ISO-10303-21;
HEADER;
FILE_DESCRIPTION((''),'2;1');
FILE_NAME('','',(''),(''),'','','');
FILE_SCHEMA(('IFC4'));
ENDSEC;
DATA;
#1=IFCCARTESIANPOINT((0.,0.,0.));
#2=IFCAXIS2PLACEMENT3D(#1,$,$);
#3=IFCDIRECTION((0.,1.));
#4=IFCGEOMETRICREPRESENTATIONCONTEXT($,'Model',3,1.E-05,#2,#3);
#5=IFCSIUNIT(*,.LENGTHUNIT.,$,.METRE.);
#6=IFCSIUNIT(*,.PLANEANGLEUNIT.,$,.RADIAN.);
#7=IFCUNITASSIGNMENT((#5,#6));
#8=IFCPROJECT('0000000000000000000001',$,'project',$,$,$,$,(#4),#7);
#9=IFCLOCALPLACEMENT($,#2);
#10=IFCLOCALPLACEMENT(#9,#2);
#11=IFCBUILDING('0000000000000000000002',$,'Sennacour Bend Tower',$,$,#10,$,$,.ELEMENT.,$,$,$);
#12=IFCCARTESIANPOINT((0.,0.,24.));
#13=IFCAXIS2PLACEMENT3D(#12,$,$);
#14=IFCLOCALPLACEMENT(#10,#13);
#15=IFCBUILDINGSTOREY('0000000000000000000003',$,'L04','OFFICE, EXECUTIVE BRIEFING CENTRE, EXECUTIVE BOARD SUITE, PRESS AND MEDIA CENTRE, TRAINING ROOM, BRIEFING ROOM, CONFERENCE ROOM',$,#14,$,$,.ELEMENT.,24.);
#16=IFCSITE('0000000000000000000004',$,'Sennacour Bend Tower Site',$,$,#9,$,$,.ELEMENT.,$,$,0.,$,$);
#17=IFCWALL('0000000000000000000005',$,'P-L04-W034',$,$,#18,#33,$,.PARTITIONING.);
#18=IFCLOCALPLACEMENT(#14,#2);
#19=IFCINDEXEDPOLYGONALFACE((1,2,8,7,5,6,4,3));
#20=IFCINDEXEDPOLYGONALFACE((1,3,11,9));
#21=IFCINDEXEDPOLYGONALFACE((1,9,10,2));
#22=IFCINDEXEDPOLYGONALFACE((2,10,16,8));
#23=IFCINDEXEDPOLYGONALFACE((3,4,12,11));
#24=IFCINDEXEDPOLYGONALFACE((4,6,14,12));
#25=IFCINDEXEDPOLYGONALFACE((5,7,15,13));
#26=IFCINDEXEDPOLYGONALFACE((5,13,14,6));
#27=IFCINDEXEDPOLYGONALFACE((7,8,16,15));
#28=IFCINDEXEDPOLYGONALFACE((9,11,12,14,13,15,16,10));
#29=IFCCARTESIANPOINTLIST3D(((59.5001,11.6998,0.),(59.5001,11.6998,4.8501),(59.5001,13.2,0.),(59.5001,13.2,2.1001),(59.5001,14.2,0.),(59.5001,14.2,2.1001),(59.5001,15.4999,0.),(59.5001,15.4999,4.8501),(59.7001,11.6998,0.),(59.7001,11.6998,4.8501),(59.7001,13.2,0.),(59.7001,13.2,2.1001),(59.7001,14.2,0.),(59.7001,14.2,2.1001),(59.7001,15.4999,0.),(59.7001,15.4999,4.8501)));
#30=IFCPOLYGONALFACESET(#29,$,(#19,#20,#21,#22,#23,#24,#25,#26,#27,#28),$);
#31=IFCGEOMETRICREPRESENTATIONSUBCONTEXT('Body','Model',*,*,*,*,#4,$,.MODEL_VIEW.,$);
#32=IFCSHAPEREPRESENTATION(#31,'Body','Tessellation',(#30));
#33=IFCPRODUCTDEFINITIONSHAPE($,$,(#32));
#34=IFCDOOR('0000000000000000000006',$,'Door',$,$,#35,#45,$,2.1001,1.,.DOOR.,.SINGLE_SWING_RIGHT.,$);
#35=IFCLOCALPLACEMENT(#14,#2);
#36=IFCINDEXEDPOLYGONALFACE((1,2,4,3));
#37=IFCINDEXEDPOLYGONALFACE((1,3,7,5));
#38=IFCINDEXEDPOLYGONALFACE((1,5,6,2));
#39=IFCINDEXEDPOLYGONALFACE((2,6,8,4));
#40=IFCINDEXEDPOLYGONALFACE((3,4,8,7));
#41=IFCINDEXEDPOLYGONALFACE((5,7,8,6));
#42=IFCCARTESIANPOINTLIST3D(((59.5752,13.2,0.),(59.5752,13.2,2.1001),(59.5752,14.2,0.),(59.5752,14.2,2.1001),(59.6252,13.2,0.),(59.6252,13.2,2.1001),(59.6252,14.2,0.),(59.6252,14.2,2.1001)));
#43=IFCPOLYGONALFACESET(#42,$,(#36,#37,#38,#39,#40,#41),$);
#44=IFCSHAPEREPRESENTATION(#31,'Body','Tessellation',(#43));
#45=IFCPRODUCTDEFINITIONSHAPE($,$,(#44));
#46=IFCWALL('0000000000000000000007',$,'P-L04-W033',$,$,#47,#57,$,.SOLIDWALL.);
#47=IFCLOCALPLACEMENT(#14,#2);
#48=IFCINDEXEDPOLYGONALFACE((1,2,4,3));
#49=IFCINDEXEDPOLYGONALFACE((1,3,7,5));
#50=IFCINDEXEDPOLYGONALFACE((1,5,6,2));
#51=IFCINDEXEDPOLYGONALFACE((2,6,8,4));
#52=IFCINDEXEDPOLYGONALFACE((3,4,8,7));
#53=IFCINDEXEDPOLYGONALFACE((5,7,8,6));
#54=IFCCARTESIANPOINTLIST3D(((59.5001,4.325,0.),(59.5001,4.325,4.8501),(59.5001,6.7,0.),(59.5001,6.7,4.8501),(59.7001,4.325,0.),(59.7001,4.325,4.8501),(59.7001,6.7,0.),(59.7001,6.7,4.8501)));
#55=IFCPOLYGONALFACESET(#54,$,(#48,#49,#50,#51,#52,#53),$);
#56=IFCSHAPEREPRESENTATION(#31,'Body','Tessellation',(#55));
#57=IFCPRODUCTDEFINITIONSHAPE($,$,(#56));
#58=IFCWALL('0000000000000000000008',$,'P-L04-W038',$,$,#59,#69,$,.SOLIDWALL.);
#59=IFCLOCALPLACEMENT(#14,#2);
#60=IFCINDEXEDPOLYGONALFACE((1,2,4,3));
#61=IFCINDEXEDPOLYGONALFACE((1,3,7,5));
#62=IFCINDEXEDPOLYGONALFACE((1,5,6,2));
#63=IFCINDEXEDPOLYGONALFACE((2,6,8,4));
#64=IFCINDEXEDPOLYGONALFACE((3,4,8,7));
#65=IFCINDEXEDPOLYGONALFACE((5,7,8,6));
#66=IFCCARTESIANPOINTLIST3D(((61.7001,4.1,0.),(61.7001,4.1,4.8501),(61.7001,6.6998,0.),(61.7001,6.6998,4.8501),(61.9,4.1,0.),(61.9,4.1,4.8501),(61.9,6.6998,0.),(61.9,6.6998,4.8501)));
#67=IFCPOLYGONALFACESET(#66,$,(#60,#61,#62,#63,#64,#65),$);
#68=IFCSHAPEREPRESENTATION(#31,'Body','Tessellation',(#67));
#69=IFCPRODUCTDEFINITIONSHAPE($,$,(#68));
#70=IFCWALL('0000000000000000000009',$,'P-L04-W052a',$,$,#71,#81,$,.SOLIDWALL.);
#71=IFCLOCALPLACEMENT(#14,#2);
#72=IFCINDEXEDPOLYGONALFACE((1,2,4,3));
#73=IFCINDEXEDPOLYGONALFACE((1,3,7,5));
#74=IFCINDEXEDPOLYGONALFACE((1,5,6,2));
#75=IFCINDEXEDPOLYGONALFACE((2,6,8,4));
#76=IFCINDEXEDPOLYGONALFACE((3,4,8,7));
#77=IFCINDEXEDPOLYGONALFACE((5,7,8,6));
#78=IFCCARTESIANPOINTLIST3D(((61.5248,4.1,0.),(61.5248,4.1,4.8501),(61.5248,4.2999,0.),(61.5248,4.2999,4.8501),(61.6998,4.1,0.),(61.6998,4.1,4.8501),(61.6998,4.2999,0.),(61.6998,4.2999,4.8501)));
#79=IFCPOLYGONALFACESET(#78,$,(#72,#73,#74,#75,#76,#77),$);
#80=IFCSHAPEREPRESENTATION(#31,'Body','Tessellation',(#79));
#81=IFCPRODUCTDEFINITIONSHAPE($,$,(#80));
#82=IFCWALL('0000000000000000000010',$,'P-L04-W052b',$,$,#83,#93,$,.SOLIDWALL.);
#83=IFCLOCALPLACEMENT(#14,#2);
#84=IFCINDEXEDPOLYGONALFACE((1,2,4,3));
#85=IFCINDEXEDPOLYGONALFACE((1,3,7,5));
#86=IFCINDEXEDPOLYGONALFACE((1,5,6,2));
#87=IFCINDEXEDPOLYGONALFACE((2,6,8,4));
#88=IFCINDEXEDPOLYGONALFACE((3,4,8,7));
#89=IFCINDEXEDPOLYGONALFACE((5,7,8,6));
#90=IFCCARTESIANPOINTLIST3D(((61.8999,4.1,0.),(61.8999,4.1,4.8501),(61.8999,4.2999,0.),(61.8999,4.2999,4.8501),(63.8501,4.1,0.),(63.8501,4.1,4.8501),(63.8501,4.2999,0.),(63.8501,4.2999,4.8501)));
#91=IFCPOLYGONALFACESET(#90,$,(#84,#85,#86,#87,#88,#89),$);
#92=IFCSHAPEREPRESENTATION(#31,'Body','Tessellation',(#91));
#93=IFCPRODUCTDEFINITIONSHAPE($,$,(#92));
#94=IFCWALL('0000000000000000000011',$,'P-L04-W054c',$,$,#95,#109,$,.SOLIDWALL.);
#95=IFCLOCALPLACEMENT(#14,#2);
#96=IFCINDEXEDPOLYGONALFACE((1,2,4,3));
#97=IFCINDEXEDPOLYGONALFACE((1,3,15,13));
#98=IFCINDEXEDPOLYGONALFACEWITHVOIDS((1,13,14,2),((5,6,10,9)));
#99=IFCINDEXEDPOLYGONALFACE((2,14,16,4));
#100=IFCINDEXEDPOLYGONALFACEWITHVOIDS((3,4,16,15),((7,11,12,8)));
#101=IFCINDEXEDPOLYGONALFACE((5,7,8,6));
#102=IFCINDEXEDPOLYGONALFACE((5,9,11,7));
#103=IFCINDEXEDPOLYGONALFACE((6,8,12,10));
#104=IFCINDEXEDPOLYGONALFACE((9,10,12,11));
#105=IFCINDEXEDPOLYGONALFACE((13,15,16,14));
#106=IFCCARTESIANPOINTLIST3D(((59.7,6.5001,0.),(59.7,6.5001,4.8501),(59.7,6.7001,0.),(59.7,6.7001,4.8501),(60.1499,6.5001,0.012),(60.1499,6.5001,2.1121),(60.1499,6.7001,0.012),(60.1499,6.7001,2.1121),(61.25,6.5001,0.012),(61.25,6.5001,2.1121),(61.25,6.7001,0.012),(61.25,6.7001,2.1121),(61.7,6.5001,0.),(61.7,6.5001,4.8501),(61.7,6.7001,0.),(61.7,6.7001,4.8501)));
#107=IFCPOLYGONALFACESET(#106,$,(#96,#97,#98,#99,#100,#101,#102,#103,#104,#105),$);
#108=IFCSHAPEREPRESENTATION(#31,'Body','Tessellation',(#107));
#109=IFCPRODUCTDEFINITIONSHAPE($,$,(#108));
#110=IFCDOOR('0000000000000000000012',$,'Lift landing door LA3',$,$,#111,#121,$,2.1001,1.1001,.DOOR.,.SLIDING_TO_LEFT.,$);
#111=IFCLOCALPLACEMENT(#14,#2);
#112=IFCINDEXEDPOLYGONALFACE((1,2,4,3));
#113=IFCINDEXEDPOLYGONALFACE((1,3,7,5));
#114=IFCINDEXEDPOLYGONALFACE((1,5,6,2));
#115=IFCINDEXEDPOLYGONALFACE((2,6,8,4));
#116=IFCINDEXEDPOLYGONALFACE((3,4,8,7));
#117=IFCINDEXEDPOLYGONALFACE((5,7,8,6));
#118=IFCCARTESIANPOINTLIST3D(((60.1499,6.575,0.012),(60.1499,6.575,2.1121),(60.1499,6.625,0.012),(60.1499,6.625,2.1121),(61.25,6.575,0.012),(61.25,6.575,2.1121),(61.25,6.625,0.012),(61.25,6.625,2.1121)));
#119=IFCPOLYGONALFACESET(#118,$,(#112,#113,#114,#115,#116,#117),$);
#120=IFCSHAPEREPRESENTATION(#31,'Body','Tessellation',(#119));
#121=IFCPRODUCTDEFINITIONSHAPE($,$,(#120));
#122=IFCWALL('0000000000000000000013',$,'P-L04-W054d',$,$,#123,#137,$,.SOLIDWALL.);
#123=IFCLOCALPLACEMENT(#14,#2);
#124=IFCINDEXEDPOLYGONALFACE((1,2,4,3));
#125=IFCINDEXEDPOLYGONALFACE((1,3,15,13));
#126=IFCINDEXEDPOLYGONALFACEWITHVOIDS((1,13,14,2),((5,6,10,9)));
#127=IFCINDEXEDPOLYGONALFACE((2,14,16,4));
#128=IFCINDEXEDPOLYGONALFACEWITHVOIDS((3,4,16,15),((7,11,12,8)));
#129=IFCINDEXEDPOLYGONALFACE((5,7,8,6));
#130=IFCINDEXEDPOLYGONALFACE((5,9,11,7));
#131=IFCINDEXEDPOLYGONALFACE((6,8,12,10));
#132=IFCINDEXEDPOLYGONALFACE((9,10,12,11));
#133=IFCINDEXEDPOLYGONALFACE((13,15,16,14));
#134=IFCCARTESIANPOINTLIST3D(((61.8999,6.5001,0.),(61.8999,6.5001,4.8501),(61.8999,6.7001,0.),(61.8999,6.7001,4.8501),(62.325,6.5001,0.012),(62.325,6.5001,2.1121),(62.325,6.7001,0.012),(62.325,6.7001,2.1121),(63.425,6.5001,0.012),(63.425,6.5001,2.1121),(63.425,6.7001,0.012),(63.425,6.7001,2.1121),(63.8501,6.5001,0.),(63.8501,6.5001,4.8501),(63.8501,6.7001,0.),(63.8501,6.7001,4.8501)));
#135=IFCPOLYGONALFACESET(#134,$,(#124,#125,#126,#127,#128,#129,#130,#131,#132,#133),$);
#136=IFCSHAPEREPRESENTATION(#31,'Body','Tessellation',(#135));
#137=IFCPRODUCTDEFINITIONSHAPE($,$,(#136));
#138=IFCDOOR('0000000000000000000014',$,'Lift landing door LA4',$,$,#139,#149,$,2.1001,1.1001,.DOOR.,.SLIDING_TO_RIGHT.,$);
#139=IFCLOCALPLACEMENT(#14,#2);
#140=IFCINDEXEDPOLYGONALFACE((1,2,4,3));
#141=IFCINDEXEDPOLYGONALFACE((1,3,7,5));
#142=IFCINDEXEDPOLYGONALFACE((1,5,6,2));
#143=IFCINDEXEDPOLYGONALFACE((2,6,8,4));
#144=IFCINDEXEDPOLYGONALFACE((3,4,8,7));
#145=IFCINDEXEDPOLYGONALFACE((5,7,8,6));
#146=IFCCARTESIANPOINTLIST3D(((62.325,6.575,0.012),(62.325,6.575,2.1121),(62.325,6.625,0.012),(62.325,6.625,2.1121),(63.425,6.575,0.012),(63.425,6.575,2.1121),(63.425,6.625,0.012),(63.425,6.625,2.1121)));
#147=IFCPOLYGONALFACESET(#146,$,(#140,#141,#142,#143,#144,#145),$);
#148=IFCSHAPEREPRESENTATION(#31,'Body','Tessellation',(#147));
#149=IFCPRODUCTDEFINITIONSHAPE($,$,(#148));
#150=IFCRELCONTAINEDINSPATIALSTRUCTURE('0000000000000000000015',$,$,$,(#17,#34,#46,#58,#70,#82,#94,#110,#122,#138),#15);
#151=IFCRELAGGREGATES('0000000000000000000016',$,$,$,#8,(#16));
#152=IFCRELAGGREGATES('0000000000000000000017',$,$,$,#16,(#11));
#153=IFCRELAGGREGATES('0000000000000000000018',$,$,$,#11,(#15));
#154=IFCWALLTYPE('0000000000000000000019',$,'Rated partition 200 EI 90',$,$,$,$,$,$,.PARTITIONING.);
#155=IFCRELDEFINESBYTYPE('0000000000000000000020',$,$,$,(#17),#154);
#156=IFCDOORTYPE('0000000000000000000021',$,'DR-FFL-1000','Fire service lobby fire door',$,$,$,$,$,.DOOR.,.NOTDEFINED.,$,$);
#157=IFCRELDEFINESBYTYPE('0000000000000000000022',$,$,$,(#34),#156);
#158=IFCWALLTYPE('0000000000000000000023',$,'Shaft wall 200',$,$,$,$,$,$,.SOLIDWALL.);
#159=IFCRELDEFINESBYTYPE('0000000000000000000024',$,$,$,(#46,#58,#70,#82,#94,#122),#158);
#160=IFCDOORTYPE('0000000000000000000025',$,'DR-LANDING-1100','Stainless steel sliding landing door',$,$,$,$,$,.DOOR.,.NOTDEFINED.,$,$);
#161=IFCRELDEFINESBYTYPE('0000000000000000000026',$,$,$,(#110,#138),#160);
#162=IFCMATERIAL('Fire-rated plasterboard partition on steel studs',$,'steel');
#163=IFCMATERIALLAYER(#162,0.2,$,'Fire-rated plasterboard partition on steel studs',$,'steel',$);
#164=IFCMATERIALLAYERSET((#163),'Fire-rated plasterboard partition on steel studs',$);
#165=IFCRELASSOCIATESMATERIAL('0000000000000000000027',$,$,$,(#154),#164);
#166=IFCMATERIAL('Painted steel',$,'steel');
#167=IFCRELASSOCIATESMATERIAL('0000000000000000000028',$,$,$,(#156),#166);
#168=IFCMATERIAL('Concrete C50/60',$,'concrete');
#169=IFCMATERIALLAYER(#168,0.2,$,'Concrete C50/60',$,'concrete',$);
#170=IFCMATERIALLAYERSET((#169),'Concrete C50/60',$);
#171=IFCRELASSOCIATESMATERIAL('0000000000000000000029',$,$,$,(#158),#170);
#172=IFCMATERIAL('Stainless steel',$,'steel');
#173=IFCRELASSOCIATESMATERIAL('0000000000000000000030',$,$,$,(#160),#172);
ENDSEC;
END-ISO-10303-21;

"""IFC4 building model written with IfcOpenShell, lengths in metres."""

from ifc_helpers import new_model, si_unit, direction, frame, frame_2d, origin, place, context, subcontext, project, spatial, rectangle, extrude, material, layer, layer_set, type_object, element, fill, save


model = new_model("IFC4")

# Units and contexts
model_context = context("Model", 3, precision=1e-05, world=origin(), true_north=direction((0.0, 1.0)))
body_context = subcontext(model_context, "Body", "Model", "MODEL_VIEW")
ifc_project = project(units=[si_unit("LENGTHUNIT", "METRE"), si_unit("PLANEANGLEUNIT", "RADIAN")], contexts=[model_context])

# Site, building, storey
site_placement = place(None, origin())
site = spatial("IfcSite", under=ifc_project, at=site_placement, Name="Sennacour Bend Tower Site", CompositionType="ELEMENT", RefElevation=0.0)
building_placement = place(site_placement, origin())
building = spatial("IfcBuilding", under=site, at=building_placement, Name="Sennacour Bend Tower", CompositionType="ELEMENT")
storey_placement = place(building_placement, frame((0.0, 0.0, 24.0)))
storey = spatial("IfcBuildingStorey", under=building, at=storey_placement, Name="L04", Description="OFFICE, EXECUTIVE BRIEFING CENTRE, EXECUTIVE BOARD SUITE, PRESS AND MEDIA CENTRE, TRAINING ROOM, BRIEFING ROOM, CONFERENCE ROOM", CompositionType="ELEMENT", Elevation=24.0)

# Shared definitions
ifc_material_1 = material(Name="Fire-rated plasterboard partition on steel studs", Category="steel")

# Shared definitions
ifc_material_2 = material(Name="Painted steel", Category="steel")

# Wall, opening, door
ifc_layer_1 = layer(ifc_material_1, 0.2, Name="Fire-rated plasterboard partition on steel studs", Category="steel")
ifc_layer_set_1 = layer_set([ifc_layer_1], Name="Fire-rated plasterboard partition on steel studs")
wall_type_1 = type_object("IfcWallType", Name="Rated partition 200 EI 90", PredefinedType="PARTITIONING", material=ifc_layer_set_1)
wall_1_placement = place(storey_placement, frame((59.6001, 11.7, 0.0), z_axis=(0.0, 0.0, 1.0), x_axis=(0.0, 1.0, 0.0)))
wall_1 = element("IfcWall", 1, at=wall_1_placement, inside=storey, type_object=wall_type_1, Name="P-L04-W034", PredefinedType="PARTITIONING", context=body_context, shape_type="SweptSolid", body=[
    extrude(rectangle(XDim=3.8, YDim=0.2, at=frame_2d((1.8999, 0.0))), origin(), (0.0, 0.0, 1.0), 4.8501),
])
opening_1_placement = place(wall_1_placement, frame((1.5, 0.0, 0.0)))
opening_1 = element("IfcOpeningElement", 2, at=opening_1_placement, cuts=wall_1, PredefinedType="OPENING", context=body_context, shape_type="SweptSolid", body=[
    extrude(rectangle(XDim=1.0, YDim=2.1001, at=frame_2d((0.5, 1.05))), frame((0.0, 0.1099, 0.0), z_axis=(0.0, -1.0, 0.0), x_axis=(1.0, 0.0, 0.0)), (0.0, 0.0, 1.0), 0.22),
])
door_type_1 = type_object("IfcDoorType", Name="DR-FFL-1000", Description="Fire service lobby fire door", OperationType="NOTDEFINED", PredefinedType="DOOR", material=ifc_material_2)
door_1_placement = place(opening_1_placement, origin())
door_1 = element("IfcDoor", 3, at=door_1_placement, inside=storey, type_object=door_type_1, Name="Door", OperationType="SINGLE_SWING_RIGHT", OverallHeight=2.1001, OverallWidth=1.0, PredefinedType="DOOR", context=body_context, shape_type="SweptSolid", body=[
    extrude(rectangle(XDim=1.0, YDim=2.1001, at=frame_2d((0.5, 1.05))), frame((0.0, 0.0249, 0.0), z_axis=(0.0, -1.0, 0.0), x_axis=(1.0, 0.0, 0.0)), (0.0, 0.0, 1.0), 0.05),
])
fill(opening_1, door_1)

# Walls
ifc_material_3 = material(Name="Concrete C50/60", Category="concrete")
ifc_layer_2 = layer(ifc_material_3, 0.2, Name="Concrete C50/60", Category="concrete")
ifc_layer_set_2 = layer_set([ifc_layer_2], Name="Concrete C50/60")
wall_type_2 = type_object("IfcWallType", Name="Shaft wall 200", PredefinedType="SOLIDWALL", material=ifc_layer_set_2)
wall_2_placement = place(storey_placement, frame((59.6001, 4.325, 0.0), z_axis=(0.0, 0.0, 1.0), x_axis=(0.0, 1.0, 0.0)))
element("IfcWall", 4, at=wall_2_placement, inside=storey, type_object=wall_type_2, Name="P-L04-W033", PredefinedType="SOLIDWALL", context=body_context, shape_type="SweptSolid", body=[
    extrude(rectangle(XDim=2.375, YDim=0.2, at=frame_2d((1.1875, 0.0))), origin(), (0.0, 0.0, 1.0), 4.8501),
])
wall_3_placement = place(storey_placement, frame((61.8, 4.1001, 0.0), z_axis=(0.0, 0.0, 1.0), x_axis=(0.0, 1.0, 0.0)))
element("IfcWall", 5, at=wall_3_placement, inside=storey, type_object=wall_type_2, Name="P-L04-W038", PredefinedType="SOLIDWALL", context=body_context, shape_type="SweptSolid", body=[
    extrude(rectangle(XDim=2.5999, YDim=0.2, at=frame_2d((1.2998, 0.0))), origin(), (0.0, 0.0, 1.0), 4.8501),
])
wall_4_placement = place(storey_placement, frame((61.5249, 4.2, 0.0), z_axis=(0.0, 0.0, 1.0), x_axis=(1.0, 0.0, 0.0)))
element("IfcWall", 6, at=wall_4_placement, inside=storey, type_object=wall_type_2, Name="P-L04-W052a", PredefinedType="SOLIDWALL", context=body_context, shape_type="SweptSolid", body=[
    extrude(rectangle(XDim=0.175, YDim=0.2, at=frame_2d((0.0874, 0.0))), origin(), (0.0, 0.0, 1.0), 4.8501),
])
wall_5_placement = place(storey_placement, frame((61.8999, 4.2, 0.0), z_axis=(0.0, 0.0, 1.0), x_axis=(1.0, 0.0, 0.0)))
element("IfcWall", 7, at=wall_5_placement, inside=storey, type_object=wall_type_2, Name="P-L04-W052b", PredefinedType="SOLIDWALL", context=body_context, shape_type="SweptSolid", body=[
    extrude(rectangle(XDim=1.9502, YDim=0.2, at=frame_2d((0.9751, 0.0))), origin(), (0.0, 0.0, 1.0), 4.8501),
])

# Walls, openings, doors
wall_6_placement = place(storey_placement, frame((59.7, 6.6001, 0.0), z_axis=(0.0, 0.0, 1.0), x_axis=(1.0, 0.0, 0.0)))
wall_6 = element("IfcWall", 8, at=wall_6_placement, inside=storey, type_object=wall_type_2, Name="P-L04-W054c", PredefinedType="SOLIDWALL", context=body_context, shape_type="SweptSolid", body=[
    extrude(rectangle(XDim=2.0, YDim=0.2, at=frame_2d((1.0, 0.0))), origin(), (0.0, 0.0, 1.0), 4.8501),
])
opening_2_placement = place(wall_6_placement, frame((0.45, 0.0, 0.012)))
opening_2 = element("IfcOpeningElement", 9, at=opening_2_placement, cuts=wall_6, PredefinedType="OPENING", context=body_context, shape_type="SweptSolid", body=[
    extrude(rectangle(XDim=1.1001, YDim=2.1001, at=frame_2d((0.55, 1.05))), frame((0.0, 0.1099, 0.0), z_axis=(0.0, -1.0, 0.0), x_axis=(1.0, 0.0, 0.0)), (0.0, 0.0, 1.0), 0.22),
])
ifc_material_4 = material(Name="Stainless steel", Category="steel")
door_type_2 = type_object("IfcDoorType", Name="DR-LANDING-1100", Description="Stainless steel sliding landing door", OperationType="NOTDEFINED", PredefinedType="DOOR", material=ifc_material_4)
door_2_placement = place(opening_2_placement, origin())
door_2 = element("IfcDoor", 10, at=door_2_placement, inside=storey, type_object=door_type_2, Name="Lift landing door LA3", OperationType="SLIDING_TO_LEFT", OverallHeight=2.1001, OverallWidth=1.1001, PredefinedType="DOOR", context=body_context, shape_type="SweptSolid", body=[
    extrude(rectangle(XDim=1.1001, YDim=2.1001, at=frame_2d((0.55, 1.05))), frame((0.0, 0.0249, 0.0), z_axis=(0.0, -1.0, 0.0), x_axis=(1.0, 0.0, 0.0)), (0.0, 0.0, 1.0), 0.05),
])
fill(opening_2, door_2)
wall_7_placement = place(storey_placement, frame((61.8999, 6.6001, 0.0), z_axis=(0.0, 0.0, 1.0), x_axis=(1.0, 0.0, 0.0)))
wall_7 = element("IfcWall", 11, at=wall_7_placement, inside=storey, type_object=wall_type_2, Name="P-L04-W054d", PredefinedType="SOLIDWALL", context=body_context, shape_type="SweptSolid", body=[
    extrude(rectangle(XDim=1.9502, YDim=0.2, at=frame_2d((0.9751, 0.0))), origin(), (0.0, 0.0, 1.0), 4.8501),
])
opening_3_placement = place(wall_7_placement, frame((0.425, 0.0, 0.012)))
opening_3 = element("IfcOpeningElement", 12, at=opening_3_placement, cuts=wall_7, PredefinedType="OPENING", context=body_context, shape_type="SweptSolid", body=[
    extrude(rectangle(XDim=1.1001, YDim=2.1001, at=frame_2d((0.55, 1.05))), frame((0.0, 0.1099, 0.0), z_axis=(0.0, -1.0, 0.0), x_axis=(1.0, 0.0, 0.0)), (0.0, 0.0, 1.0), 0.22),
])
door_3_placement = place(opening_3_placement, origin())
door_3 = element("IfcDoor", 13, at=door_3_placement, inside=storey, type_object=door_type_2, Name="Lift landing door LA4", OperationType="SLIDING_TO_RIGHT", OverallHeight=2.1001, OverallWidth=1.1001, PredefinedType="DOOR", context=body_context, shape_type="SweptSolid", body=[
    extrude(rectangle(XDim=1.1001, YDim=2.1001, at=frame_2d((0.55, 1.05))), frame((0.0, 0.0249, 0.0), z_axis=(0.0, -1.0, 0.0), x_axis=(1.0, 0.0, 0.0)), (0.0, 0.0, 1.0), 0.05),
])
fill(opening_3, door_3)

save(model, "model.ifc")
